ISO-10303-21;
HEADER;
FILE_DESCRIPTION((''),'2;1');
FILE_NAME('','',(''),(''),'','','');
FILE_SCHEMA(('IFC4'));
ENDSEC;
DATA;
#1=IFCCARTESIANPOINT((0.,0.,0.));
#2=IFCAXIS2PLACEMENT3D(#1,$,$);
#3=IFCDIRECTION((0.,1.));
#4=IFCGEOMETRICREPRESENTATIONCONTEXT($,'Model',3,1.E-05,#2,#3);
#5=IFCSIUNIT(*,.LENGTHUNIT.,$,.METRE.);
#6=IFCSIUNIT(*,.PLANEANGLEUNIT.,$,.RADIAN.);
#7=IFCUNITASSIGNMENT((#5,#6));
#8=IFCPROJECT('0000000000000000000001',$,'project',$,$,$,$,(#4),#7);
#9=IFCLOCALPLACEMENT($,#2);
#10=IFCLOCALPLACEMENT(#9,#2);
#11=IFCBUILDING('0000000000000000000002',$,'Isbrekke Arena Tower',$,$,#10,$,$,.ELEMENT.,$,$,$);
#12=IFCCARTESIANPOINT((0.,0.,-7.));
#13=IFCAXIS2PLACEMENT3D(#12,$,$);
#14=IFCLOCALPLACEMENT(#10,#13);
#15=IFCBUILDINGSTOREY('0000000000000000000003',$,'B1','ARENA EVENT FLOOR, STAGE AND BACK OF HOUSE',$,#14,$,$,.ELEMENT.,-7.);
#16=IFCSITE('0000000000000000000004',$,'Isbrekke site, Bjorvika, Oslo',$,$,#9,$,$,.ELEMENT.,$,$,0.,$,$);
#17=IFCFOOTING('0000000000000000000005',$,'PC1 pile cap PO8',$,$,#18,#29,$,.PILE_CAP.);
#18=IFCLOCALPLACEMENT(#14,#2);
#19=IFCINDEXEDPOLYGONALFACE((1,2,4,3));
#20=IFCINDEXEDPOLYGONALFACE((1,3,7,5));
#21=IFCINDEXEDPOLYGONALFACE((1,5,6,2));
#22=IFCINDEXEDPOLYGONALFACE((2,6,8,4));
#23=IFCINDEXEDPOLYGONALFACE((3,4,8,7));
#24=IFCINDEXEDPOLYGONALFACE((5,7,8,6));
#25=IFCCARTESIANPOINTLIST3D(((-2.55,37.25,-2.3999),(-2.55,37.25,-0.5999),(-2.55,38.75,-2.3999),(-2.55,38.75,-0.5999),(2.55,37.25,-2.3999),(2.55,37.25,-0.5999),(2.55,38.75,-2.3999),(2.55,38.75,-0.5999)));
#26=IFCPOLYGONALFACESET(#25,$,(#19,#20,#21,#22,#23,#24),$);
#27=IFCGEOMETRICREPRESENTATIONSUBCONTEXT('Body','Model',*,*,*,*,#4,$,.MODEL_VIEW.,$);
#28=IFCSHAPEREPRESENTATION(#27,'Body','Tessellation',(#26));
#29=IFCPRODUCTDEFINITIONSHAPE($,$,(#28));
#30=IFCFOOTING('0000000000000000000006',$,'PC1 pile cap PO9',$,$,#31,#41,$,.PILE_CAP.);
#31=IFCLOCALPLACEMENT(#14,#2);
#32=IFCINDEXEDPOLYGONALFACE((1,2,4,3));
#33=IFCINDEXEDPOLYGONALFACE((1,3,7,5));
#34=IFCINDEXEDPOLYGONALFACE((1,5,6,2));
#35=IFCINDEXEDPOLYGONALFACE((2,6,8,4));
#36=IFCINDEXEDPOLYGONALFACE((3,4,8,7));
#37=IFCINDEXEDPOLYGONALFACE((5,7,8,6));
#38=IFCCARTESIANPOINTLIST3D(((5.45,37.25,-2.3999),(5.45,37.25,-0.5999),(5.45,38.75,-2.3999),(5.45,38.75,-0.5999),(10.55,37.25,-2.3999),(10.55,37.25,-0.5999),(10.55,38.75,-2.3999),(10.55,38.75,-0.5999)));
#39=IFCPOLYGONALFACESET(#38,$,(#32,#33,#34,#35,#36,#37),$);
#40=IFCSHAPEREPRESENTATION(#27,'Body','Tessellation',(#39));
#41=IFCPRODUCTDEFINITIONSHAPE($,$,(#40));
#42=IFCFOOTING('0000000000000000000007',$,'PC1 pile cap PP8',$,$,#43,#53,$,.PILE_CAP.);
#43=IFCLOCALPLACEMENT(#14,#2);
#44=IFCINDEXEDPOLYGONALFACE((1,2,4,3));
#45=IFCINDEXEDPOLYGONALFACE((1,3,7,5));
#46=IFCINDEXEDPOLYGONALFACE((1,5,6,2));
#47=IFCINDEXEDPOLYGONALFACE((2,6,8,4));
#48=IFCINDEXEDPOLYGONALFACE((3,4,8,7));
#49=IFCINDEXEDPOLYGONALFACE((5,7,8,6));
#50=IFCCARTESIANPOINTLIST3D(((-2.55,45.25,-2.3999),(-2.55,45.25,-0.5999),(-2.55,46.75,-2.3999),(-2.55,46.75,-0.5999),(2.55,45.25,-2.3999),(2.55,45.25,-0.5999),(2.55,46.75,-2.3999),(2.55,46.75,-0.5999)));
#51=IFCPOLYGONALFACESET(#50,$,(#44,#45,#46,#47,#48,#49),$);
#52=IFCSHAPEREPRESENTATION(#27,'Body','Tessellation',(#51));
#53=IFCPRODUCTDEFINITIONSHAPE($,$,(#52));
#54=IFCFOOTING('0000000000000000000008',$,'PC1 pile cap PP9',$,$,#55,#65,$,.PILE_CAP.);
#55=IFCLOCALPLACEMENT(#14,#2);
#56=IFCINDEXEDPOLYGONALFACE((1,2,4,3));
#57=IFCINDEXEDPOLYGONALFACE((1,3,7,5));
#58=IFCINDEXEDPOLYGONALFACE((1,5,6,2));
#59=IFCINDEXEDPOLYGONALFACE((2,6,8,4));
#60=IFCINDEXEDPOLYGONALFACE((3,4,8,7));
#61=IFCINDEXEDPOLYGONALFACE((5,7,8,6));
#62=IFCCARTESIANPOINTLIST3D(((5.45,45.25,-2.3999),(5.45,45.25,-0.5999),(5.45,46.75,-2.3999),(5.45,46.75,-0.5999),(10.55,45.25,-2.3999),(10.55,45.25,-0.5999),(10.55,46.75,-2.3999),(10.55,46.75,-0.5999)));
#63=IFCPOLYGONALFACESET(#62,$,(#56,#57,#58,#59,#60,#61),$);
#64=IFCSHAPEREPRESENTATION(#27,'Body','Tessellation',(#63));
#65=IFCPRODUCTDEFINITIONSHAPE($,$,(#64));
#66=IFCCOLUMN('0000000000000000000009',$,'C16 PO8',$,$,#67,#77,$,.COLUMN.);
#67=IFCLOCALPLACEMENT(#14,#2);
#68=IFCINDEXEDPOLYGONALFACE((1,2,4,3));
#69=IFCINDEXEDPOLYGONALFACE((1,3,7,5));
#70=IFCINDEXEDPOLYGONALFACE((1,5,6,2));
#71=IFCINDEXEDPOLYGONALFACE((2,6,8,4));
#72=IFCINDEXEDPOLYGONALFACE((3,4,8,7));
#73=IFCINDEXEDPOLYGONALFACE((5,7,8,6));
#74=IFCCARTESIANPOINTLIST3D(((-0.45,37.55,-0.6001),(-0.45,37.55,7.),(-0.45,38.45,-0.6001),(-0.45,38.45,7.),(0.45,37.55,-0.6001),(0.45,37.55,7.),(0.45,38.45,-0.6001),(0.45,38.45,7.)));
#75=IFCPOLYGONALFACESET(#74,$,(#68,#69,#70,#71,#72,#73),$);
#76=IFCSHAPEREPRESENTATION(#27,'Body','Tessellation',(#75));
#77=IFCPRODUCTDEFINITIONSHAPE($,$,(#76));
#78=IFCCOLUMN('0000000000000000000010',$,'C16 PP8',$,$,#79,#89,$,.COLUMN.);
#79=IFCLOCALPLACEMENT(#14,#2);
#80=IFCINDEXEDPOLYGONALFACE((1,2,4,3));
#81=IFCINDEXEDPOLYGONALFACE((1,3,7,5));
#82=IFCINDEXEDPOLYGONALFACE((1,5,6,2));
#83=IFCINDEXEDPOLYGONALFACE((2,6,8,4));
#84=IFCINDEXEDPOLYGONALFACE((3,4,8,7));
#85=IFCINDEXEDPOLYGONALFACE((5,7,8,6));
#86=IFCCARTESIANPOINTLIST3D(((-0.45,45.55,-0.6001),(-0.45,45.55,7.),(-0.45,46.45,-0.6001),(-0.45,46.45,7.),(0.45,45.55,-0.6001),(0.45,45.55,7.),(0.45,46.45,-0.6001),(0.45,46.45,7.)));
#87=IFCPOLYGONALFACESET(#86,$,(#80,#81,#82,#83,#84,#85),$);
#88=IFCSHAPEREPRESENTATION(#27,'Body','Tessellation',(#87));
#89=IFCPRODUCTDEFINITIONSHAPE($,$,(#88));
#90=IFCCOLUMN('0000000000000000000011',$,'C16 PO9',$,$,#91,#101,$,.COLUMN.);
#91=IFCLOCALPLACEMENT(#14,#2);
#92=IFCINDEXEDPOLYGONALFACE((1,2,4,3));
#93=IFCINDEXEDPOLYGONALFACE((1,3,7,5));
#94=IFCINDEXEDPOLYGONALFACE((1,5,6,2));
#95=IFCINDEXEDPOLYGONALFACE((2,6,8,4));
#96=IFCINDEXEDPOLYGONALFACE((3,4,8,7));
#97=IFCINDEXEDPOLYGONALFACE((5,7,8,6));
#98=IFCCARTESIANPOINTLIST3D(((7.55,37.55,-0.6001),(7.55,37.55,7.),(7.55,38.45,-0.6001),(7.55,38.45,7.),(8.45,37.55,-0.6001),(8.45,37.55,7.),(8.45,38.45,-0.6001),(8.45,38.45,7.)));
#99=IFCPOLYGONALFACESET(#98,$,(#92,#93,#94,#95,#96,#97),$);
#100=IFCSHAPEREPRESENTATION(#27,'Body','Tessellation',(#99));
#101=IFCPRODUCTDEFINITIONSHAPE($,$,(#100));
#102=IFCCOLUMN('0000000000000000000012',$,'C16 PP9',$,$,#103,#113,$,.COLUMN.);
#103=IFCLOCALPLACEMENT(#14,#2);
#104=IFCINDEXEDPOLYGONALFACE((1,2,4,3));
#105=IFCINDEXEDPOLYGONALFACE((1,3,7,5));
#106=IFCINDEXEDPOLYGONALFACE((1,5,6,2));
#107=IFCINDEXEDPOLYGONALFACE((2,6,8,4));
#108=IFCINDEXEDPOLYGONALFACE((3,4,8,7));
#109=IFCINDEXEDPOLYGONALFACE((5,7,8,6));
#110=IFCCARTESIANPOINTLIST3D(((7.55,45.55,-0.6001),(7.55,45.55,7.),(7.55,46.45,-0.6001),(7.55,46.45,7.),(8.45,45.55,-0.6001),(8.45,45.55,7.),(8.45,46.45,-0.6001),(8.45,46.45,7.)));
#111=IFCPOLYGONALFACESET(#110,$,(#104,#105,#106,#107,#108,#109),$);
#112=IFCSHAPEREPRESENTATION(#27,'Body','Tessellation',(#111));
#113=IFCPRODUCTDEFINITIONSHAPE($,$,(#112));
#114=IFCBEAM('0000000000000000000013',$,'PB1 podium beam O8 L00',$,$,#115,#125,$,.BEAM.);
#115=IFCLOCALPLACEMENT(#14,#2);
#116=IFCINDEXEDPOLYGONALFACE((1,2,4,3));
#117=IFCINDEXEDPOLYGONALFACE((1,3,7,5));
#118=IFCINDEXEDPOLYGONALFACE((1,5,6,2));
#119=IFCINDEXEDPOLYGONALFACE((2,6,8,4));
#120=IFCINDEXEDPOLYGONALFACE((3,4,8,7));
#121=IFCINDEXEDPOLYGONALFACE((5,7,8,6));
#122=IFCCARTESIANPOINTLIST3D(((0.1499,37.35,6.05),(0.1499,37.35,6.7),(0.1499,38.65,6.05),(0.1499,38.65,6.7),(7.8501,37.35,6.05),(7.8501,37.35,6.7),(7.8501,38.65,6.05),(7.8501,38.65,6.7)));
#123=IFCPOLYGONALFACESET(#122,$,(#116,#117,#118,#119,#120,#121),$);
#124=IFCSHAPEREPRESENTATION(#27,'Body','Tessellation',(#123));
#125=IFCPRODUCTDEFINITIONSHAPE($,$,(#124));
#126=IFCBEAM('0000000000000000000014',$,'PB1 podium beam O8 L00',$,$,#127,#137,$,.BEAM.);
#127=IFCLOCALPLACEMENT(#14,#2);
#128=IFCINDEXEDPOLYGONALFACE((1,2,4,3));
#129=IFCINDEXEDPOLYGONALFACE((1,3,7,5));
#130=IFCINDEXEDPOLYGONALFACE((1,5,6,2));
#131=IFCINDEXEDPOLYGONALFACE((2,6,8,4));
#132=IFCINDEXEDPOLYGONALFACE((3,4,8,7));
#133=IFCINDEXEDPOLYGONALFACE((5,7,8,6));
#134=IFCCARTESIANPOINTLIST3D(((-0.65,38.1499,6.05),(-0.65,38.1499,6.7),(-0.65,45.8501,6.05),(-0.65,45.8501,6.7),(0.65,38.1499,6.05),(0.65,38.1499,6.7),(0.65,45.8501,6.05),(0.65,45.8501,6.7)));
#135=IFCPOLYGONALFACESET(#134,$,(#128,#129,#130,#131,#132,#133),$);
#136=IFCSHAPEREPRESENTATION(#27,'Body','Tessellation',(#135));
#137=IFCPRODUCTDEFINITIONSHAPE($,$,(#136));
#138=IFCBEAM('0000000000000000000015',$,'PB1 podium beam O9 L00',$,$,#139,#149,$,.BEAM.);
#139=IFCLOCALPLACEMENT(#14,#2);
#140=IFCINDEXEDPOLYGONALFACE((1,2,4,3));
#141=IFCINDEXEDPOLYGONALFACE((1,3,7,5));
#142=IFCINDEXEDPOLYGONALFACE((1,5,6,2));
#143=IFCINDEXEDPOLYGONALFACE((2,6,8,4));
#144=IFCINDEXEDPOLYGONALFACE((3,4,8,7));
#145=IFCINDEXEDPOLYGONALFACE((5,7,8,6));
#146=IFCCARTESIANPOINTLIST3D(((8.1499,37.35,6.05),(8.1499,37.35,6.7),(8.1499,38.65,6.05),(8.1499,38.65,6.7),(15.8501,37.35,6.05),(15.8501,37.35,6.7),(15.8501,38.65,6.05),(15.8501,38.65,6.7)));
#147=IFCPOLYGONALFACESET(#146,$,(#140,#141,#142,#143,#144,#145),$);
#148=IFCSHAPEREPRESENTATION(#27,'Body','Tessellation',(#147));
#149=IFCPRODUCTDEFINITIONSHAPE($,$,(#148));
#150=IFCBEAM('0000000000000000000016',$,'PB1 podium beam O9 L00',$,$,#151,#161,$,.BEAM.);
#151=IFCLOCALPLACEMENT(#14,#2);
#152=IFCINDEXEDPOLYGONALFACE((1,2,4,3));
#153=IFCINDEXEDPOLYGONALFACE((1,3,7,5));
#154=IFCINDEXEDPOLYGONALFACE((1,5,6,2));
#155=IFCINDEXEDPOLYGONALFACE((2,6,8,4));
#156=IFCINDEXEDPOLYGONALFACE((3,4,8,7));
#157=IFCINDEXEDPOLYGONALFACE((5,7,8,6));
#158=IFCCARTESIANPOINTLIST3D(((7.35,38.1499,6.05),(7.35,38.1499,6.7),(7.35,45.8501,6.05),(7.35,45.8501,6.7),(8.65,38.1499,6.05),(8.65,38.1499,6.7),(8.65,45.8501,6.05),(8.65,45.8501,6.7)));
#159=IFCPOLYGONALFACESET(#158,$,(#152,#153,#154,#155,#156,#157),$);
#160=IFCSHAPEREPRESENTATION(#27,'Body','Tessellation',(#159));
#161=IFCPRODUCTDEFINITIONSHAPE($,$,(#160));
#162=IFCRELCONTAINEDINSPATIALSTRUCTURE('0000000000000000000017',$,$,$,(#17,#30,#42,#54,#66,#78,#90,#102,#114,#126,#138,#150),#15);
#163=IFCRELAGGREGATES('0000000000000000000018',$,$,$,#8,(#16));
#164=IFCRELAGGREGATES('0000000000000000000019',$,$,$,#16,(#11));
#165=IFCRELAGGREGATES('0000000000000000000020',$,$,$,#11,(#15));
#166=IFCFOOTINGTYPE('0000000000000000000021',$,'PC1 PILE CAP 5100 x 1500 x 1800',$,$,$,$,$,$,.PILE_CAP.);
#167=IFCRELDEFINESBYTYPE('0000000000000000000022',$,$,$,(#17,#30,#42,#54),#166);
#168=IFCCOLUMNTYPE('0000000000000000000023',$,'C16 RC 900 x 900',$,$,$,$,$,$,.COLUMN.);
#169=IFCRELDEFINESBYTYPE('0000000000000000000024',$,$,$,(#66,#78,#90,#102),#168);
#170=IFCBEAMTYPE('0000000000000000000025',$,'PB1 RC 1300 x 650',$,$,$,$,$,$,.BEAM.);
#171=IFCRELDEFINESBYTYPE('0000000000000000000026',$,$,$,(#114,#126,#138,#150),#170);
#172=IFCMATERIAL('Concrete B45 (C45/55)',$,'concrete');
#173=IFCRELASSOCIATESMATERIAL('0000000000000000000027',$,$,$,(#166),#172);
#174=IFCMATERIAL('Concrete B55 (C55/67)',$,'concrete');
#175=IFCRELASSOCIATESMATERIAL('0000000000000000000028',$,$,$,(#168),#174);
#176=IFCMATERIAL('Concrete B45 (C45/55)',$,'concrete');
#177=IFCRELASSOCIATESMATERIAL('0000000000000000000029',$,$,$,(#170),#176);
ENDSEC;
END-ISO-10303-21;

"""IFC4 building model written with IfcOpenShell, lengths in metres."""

from ifc_helpers import new_model, si_unit, direction, frame, origin, origin_2d, place, context, subcontext, project, spatial, rectangle, extrude, material, material_profile, profile_set, type_object, element, save


model = new_model("IFC4")

# Units and contexts
model_context = context("Model", 3, precision=1e-05, world=origin(), true_north=direction((0.0, 1.0)))
body_context = subcontext(model_context, "Body", "Model", "MODEL_VIEW")
ifc_project = project(units=[si_unit("LENGTHUNIT", "METRE"), si_unit("PLANEANGLEUNIT", "RADIAN")], contexts=[model_context])

# Site, building, storey
site_placement = place(None, origin())
site = spatial("IfcSite", under=ifc_project, at=site_placement, Name="Isbrekke site, Bjorvika, Oslo", CompositionType="ELEMENT", RefElevation=0.0)
building_placement = place(site_placement, origin())
building = spatial("IfcBuilding", under=site, at=building_placement, Name="Isbrekke Arena Tower", CompositionType="ELEMENT")
storey_placement = place(building_placement, frame((0.0, 0.0, -7.0)))
storey = spatial("IfcBuildingStorey", under=building, at=storey_placement, Name="B1", Description="ARENA EVENT FLOOR, STAGE AND BACK OF HOUSE", CompositionType="ELEMENT", Elevation=-7.0)

# Footings
ifc_material_1 = material(Name="Concrete B45 (C45/55)", Category="concrete")
footing_type = type_object("IfcFootingType", Name="PC1 PILE CAP 5100 x 1500 x 1800", PredefinedType="PILE_CAP", material=ifc_material_1)
for number, where, z_axis, x_axis, name in (
    (1, (0.0, 38.0, -2.3999), (0.0, 0.0, 1.0), (1.0, 0.0, 0.0), "PC1 pile cap PO8"),
    (2, (8.0, 38.0, -2.3999), (0.0, 0.0, 1.0), (1.0, 0.0, 0.0), "PC1 pile cap PO9"),
    (3, (0.0, 46.0, -2.3999), (0.0, 0.0, 1.0), (1.0, 0.0, 0.0), "PC1 pile cap PP8"),
    (4, (8.0, 46.0, -2.3999), (0.0, 0.0, 1.0), (1.0, 0.0, 0.0), "PC1 pile cap PP9"),
):
    element("IfcFooting", number, at=place(storey_placement, frame(where, z_axis=z_axis, x_axis=x_axis)), inside=storey, type_object=footing_type, Name=name, PredefinedType="PILE_CAP", context=body_context, shape_type="SweptSolid", body=[
        extrude(rectangle(XDim=5.1001, YDim=1.5, at=origin_2d()), origin(), (0.0, 0.0, 1.0), 1.8),
    ])

# Columns
ifc_material_2 = material(Name="Concrete B55 (C55/67)", Category="concrete")
ifc_material_profile_1 = material_profile(ifc_material_2, rectangle(XDim=0.8999, YDim=0.8999, at=origin_2d()), Name="RC 900x900")
ifc_profile_set_1 = profile_set([ifc_material_profile_1], Name="Concrete B55 (C55/67)")
column_type = type_object("IfcColumnType", Name="C16 RC 900 x 900", PredefinedType="COLUMN", material=ifc_profile_set_1)
for number, where, z_axis, x_axis, name in (
    (5, (0.0, 38.0, -0.6001), (0.0, 0.0, 1.0), (1.0, 0.0, 0.0), "C16 PO8"),
    (6, (0.0, 46.0, -0.6001), (0.0, 0.0, 1.0), (1.0, 0.0, 0.0), "C16 PP8"),
    (7, (8.0, 38.0, -0.6001), (0.0, 0.0, 1.0), (1.0, 0.0, 0.0), "C16 PO9"),
    (8, (8.0, 46.0, -0.6001), (0.0, 0.0, 1.0), (1.0, 0.0, 0.0), "C16 PP9"),
):
    element("IfcColumn", number, at=place(storey_placement, frame(where, z_axis=z_axis, x_axis=x_axis)), inside=storey, type_object=column_type, Name=name, PredefinedType="COLUMN", context=body_context, shape_type="SweptSolid", body=[
        extrude(rectangle(XDim=0.8999, YDim=0.8999, at=origin_2d()), origin(), (0.0, 0.0, 1.0), 7.6001),
    ])

# Beams
ifc_material_3 = material(Name="Concrete B45 (C45/55)", Category="concrete")
ifc_material_profile_2 = material_profile(ifc_material_3, rectangle(XDim=1.3, YDim=0.6499, at=origin_2d()), Name="RC 1300x650")
ifc_profile_set_2 = profile_set([ifc_material_profile_2], Name="Concrete B45 (C45/55)")
beam_type = type_object("IfcBeamType", Name="PB1 RC 1300 x 650", PredefinedType="BEAM", material=ifc_profile_set_2)
for number, where, z_axis, x_axis, name in (
    (9, (0.1499, 38.0, 6.375), (1.0, 0.0, 0.0), (0.0, 1.0, 0.0), "PB1 podium beam O8 L00"),
    (10, (0.0, 38.1499, 6.375), (0.0, 1.0, 0.0), (-1.0, 0.0, 0.0), "PB1 podium beam O8 L00"),
    (11, (8.1499, 38.0, 6.375), (1.0, 0.0, 0.0), (0.0, 1.0, 0.0), "PB1 podium beam O9 L00"),
    (12, (8.0, 38.1499, 6.375), (0.0, 1.0, 0.0), (-1.0, 0.0, 0.0), "PB1 podium beam O9 L00"),
):
    element("IfcBeam", number, at=place(storey_placement, frame(where, z_axis=z_axis, x_axis=x_axis)), inside=storey, type_object=beam_type, Name=name, PredefinedType="BEAM", context=body_context, shape_type="SweptSolid", body=[
        extrude(rectangle(XDim=1.3, YDim=0.6499, at=origin_2d()), origin(), (0.0, 0.0, 1.0), 7.7002),
    ])

save(model, "model.ifc")
